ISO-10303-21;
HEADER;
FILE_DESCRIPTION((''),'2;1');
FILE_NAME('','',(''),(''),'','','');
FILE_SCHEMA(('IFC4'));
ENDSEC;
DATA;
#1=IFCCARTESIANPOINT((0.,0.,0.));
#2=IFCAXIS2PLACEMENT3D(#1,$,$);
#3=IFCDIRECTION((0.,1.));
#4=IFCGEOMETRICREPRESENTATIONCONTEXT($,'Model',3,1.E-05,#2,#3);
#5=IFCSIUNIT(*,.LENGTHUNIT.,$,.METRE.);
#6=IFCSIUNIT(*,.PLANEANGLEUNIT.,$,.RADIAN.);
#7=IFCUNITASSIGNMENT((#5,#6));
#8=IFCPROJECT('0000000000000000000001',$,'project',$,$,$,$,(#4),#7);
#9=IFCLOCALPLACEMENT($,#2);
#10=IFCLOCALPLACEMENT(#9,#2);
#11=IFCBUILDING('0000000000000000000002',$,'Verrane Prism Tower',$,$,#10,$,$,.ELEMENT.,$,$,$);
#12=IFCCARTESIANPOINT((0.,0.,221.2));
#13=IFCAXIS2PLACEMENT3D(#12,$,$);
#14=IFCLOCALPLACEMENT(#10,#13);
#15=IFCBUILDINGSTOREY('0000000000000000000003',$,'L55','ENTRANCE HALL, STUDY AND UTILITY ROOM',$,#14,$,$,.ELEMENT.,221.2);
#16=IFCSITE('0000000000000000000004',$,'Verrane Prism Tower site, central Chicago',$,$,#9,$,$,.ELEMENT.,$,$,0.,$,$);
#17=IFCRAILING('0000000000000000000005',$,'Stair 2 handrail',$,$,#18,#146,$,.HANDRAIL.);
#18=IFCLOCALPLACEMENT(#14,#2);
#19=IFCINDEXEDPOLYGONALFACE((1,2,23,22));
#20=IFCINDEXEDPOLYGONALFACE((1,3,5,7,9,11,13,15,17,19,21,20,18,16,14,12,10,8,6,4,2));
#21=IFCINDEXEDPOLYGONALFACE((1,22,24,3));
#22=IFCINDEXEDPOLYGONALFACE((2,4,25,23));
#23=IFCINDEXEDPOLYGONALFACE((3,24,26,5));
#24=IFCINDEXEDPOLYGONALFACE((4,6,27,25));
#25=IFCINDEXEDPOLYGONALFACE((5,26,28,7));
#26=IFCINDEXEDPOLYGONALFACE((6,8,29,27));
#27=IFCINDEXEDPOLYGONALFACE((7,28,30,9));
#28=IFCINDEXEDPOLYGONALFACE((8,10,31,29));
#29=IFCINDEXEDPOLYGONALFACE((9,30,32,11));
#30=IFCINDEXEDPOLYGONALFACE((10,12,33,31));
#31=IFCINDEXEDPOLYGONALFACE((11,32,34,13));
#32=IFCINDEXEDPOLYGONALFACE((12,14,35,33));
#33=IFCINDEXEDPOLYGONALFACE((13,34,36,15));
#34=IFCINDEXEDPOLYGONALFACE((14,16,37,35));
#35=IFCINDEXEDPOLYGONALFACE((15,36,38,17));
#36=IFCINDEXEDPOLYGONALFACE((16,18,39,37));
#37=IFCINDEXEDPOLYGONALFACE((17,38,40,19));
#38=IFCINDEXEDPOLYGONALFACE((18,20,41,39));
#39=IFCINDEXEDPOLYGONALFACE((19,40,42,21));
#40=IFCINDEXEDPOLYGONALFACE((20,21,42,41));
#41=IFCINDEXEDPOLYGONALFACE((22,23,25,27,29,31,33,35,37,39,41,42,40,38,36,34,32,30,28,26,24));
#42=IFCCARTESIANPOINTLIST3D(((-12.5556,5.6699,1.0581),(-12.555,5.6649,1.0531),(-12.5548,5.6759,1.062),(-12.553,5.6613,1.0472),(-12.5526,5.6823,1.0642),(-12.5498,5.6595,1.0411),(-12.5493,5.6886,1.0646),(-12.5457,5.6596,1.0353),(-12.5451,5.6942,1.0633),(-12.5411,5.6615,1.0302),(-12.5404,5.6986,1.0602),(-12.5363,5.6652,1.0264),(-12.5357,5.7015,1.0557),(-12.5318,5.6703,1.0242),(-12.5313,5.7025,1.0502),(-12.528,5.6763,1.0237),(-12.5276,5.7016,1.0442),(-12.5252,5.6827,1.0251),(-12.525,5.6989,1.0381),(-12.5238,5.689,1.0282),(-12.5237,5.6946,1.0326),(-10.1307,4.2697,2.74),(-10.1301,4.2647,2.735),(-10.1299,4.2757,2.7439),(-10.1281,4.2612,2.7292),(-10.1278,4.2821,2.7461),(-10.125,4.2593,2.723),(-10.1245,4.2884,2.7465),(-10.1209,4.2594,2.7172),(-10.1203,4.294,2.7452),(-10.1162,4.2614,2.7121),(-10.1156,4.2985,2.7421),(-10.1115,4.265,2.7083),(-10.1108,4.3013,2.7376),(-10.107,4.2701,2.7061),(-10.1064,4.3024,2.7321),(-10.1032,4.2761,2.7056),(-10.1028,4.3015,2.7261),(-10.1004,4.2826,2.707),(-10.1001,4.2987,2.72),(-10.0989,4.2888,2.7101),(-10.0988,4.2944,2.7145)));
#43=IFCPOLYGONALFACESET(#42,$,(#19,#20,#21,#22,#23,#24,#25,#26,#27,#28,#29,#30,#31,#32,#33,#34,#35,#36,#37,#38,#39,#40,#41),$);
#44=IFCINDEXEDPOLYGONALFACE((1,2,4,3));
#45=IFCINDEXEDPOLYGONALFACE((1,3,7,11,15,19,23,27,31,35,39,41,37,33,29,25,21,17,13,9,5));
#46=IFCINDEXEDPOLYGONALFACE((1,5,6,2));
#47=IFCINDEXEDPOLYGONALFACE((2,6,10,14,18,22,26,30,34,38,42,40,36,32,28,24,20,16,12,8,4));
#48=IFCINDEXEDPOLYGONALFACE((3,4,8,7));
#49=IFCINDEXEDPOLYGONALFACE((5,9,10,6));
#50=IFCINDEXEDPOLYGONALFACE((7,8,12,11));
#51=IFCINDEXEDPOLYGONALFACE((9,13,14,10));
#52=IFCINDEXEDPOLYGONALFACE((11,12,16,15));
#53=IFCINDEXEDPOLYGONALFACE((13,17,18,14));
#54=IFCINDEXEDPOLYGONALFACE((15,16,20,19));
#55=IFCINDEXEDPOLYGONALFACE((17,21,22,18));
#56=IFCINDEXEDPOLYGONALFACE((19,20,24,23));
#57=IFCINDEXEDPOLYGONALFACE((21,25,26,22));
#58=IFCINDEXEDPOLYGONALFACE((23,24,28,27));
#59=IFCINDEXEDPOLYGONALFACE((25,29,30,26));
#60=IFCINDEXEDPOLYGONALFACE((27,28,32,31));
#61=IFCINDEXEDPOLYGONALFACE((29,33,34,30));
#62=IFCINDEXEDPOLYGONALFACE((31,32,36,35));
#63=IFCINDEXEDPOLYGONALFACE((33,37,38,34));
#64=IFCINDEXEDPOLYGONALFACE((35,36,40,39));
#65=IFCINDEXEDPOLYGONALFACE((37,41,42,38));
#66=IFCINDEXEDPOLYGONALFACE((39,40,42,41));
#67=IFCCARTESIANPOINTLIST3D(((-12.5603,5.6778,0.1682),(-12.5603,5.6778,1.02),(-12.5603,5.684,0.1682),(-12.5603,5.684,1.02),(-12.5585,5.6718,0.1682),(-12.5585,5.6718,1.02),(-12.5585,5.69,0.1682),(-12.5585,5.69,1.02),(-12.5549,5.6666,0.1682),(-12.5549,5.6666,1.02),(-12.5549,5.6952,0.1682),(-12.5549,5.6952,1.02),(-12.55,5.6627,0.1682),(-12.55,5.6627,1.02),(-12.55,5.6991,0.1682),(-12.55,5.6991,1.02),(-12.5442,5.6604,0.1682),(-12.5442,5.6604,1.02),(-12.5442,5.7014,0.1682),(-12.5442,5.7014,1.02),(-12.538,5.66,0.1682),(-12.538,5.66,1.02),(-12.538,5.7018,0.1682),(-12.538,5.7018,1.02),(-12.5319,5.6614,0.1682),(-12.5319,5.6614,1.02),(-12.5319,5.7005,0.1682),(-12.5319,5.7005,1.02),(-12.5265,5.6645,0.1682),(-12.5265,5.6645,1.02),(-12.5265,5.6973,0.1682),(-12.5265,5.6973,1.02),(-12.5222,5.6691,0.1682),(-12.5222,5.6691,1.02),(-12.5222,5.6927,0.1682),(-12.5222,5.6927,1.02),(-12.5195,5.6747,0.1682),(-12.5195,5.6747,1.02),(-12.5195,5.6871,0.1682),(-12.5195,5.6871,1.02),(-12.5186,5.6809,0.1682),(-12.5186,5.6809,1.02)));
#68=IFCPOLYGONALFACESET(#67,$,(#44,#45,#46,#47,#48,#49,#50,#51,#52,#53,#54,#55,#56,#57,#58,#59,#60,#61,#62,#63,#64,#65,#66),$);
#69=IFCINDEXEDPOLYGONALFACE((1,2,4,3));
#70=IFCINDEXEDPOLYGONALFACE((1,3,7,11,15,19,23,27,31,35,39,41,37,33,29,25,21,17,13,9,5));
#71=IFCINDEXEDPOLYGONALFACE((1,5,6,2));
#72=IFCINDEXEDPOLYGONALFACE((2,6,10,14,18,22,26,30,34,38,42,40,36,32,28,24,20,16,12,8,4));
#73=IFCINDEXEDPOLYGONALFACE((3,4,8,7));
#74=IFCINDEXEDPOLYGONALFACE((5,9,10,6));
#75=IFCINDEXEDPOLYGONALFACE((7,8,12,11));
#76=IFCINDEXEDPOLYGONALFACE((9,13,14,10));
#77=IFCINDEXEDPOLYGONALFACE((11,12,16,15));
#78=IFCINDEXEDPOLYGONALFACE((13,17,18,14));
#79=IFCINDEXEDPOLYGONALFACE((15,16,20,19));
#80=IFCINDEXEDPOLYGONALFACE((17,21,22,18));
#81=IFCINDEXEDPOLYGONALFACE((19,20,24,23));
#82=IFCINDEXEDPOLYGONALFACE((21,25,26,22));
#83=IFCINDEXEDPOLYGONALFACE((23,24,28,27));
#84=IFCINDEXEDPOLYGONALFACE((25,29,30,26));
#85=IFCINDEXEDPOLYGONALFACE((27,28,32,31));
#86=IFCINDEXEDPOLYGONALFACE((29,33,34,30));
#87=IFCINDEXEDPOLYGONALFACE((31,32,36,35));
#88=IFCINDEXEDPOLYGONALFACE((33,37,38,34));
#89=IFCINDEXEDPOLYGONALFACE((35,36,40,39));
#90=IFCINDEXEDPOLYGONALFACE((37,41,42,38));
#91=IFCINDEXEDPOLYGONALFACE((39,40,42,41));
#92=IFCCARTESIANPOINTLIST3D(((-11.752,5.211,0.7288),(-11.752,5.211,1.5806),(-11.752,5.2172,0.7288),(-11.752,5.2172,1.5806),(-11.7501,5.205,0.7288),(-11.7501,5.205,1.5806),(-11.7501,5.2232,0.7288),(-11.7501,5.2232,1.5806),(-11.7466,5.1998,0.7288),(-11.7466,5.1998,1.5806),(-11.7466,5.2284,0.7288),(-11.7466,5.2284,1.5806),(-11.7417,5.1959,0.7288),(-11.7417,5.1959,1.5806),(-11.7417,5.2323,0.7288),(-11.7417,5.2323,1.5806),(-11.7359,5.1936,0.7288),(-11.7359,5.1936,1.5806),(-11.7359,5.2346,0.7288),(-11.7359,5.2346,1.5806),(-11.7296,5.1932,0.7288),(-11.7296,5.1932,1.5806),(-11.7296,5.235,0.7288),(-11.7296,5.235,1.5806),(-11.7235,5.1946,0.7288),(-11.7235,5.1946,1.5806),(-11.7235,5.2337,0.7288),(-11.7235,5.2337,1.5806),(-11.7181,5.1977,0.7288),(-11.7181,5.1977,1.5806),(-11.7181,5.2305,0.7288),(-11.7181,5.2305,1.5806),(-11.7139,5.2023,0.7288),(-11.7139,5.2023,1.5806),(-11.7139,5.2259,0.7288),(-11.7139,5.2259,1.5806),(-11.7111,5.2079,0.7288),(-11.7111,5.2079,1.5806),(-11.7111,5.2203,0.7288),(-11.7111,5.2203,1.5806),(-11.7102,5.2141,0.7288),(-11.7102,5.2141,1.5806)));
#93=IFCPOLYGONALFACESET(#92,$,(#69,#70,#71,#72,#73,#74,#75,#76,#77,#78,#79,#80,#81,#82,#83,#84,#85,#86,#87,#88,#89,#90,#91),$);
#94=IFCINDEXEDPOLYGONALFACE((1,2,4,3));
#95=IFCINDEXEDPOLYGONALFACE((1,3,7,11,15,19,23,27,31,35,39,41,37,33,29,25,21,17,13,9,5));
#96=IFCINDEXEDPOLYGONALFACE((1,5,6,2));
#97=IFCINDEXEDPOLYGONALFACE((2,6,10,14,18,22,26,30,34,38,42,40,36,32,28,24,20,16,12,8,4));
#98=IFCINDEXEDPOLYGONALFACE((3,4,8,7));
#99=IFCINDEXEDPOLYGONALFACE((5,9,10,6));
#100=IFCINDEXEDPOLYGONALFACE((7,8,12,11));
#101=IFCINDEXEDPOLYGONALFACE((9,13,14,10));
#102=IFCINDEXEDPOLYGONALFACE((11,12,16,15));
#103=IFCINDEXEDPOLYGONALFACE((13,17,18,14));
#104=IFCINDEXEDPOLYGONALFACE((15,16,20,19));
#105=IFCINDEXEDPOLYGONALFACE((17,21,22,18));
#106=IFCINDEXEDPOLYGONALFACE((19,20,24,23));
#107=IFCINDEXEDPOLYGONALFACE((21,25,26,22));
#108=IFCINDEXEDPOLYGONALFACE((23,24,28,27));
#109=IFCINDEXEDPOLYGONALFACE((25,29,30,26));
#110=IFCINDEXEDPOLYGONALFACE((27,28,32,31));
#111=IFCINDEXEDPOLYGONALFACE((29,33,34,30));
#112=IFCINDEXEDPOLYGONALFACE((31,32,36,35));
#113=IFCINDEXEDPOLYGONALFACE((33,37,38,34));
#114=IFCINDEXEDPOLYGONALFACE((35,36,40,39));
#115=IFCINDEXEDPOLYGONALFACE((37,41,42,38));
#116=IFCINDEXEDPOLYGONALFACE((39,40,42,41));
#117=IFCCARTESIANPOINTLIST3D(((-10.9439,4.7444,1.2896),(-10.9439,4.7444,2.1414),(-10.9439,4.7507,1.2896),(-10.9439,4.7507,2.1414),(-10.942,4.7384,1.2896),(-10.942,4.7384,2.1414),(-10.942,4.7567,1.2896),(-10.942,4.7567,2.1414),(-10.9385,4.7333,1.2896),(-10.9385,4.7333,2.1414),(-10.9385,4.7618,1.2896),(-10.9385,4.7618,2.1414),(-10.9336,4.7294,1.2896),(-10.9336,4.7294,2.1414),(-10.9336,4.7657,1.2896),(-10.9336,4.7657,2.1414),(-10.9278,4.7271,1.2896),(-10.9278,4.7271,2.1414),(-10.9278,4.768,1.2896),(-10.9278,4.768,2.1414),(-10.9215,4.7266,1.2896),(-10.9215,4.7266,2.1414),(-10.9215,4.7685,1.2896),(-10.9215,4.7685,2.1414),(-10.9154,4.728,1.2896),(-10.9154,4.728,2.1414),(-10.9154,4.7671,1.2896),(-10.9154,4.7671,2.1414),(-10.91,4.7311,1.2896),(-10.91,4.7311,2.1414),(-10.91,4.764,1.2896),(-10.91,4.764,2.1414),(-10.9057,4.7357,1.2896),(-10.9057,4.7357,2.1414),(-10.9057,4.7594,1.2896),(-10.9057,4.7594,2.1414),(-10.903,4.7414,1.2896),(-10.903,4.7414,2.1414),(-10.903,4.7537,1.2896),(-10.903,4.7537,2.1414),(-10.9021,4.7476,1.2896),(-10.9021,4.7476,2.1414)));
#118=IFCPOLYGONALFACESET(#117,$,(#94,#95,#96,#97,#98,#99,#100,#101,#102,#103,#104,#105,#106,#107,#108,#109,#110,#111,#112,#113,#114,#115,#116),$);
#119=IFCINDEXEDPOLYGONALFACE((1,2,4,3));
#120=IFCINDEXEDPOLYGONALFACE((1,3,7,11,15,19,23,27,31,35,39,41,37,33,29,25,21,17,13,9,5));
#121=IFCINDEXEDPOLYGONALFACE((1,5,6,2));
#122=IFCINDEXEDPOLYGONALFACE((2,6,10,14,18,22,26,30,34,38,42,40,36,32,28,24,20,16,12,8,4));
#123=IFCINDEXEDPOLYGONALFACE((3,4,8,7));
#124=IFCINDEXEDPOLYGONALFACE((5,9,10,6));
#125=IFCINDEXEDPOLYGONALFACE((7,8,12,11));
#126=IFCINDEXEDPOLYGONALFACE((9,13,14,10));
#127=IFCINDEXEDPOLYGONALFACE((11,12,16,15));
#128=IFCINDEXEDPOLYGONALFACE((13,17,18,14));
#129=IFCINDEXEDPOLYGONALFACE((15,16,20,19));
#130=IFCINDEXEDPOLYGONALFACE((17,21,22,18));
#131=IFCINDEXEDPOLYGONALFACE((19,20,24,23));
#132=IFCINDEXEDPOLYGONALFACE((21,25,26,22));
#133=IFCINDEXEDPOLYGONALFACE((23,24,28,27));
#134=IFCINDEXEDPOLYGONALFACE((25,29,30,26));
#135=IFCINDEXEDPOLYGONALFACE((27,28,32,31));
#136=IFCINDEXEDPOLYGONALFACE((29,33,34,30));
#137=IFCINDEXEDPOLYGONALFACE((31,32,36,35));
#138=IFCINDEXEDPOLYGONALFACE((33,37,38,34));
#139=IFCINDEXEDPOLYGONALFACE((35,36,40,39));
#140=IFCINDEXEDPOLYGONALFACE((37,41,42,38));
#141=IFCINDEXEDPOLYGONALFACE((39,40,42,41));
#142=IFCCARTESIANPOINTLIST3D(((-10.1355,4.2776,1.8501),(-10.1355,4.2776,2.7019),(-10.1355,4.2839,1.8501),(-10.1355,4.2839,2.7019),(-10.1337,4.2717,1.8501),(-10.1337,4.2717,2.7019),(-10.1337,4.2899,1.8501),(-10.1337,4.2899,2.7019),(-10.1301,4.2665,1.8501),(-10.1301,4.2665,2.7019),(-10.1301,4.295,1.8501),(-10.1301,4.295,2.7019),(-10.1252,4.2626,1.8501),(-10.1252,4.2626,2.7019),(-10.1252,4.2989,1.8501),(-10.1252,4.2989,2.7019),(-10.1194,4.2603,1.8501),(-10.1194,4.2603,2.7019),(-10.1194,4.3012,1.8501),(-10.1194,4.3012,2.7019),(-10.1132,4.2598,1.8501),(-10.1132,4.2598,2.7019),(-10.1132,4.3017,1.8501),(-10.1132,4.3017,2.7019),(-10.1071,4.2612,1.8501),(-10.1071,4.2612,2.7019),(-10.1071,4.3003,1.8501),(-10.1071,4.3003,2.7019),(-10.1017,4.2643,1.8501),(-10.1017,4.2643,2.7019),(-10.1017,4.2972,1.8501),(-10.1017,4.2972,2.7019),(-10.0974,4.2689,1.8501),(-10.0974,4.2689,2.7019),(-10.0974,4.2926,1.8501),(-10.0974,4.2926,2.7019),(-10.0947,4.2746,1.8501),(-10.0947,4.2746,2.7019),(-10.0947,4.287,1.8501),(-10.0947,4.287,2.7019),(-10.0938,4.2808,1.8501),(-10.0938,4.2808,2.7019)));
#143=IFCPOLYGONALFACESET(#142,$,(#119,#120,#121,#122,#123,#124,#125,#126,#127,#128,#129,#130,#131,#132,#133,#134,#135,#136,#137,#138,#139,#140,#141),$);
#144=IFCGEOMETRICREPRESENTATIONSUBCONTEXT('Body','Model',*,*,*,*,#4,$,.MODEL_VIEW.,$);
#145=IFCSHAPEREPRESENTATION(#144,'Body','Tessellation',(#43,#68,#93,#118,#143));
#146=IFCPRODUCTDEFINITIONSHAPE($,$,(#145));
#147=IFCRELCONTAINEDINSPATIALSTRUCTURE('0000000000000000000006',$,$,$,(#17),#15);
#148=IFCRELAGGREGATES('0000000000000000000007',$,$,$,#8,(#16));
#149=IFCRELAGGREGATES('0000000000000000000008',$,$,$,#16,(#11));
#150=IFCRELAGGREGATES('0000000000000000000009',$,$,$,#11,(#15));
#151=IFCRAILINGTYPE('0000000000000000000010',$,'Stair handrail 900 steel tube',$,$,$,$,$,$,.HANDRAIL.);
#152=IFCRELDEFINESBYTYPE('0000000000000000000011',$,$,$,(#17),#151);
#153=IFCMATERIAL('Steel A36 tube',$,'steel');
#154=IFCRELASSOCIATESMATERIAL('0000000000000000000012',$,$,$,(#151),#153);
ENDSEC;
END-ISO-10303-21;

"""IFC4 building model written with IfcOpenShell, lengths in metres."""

from ifc_helpers import new_model, si_unit, direction, frame, origin, origin_2d, place, context, subcontext, project, spatial, circle, extrude, material, type_object, element, save


model = new_model("IFC4")

# Units and contexts
model_context = context("Model", 3, precision=1e-05, world=origin(), true_north=direction((0.0, 1.0)))
body_context = subcontext(model_context, "Body", "Model", "MODEL_VIEW")
ifc_project = project(units=[si_unit("LENGTHUNIT", "METRE"), si_unit("PLANEANGLEUNIT", "RADIAN")], contexts=[model_context])

# Site, building, storey
site_placement = place(None, origin())
site = spatial("IfcSite", under=ifc_project, at=site_placement, Name="Verrane Prism Tower site, central Chicago", CompositionType="ELEMENT", RefElevation=0.0)
building_placement = place(site_placement, origin())
building = spatial("IfcBuilding", under=site, at=building_placement, Name="Verrane Prism Tower", CompositionType="ELEMENT")
storey_placement = place(building_placement, frame((0.0, 0.0, 221.2)))
storey = spatial("IfcBuildingStorey", under=building, at=storey_placement, Name="L55", Description="ENTRANCE HALL, STUDY AND UTILITY ROOM", CompositionType="ELEMENT", Elevation=221.2)

# Railing
ifc_material_1 = material(Name="Steel A36 tube", Category="steel")
railing_type_1 = type_object("IfcRailingType", Name="Stair handrail 900 steel tube", PredefinedType="HANDRAIL", material=ifc_material_1)
railing_1_placement = place(storey_placement, frame((-12.5396, 5.6809, 0.1682)))
element("IfcRailing", 1, at=railing_1_placement, inside=storey, type_object=railing_type_1, Name="Stair 2 handrail", PredefinedType="HANDRAIL", context=body_context, shape_type="SweptSolid", body=[
    extrude(circle(Radius=0.0239, at=origin_2d()), frame((0.0, 0.0, 0.876), z_axis=(0.742367, -0.428662, 0.514918), x_axis=(0.50005, 0.865997, 0.0)), (0.0, 0.0, 1.0), 3.2664),
    extrude(circle(Radius=0.021, at=origin_2d()), origin(), (0.0, 0.0, 1.0), 0.8518),
    extrude(circle(Radius=0.021, at=origin_2d()), frame((0.8083, -0.4668, 0.5605)), (0.0, 0.0, 1.0), 0.8518),
    extrude(circle(Radius=0.021, at=origin_2d()), frame((1.6165, -0.9333, 1.1213)), (0.0, 0.0, 1.0), 0.8518),
    extrude(circle(Radius=0.021, at=origin_2d()), frame((2.4248, -1.4001, 1.6819)), (0.0, 0.0, 1.0), 0.8518),
])

save(model, "model.ifc")
